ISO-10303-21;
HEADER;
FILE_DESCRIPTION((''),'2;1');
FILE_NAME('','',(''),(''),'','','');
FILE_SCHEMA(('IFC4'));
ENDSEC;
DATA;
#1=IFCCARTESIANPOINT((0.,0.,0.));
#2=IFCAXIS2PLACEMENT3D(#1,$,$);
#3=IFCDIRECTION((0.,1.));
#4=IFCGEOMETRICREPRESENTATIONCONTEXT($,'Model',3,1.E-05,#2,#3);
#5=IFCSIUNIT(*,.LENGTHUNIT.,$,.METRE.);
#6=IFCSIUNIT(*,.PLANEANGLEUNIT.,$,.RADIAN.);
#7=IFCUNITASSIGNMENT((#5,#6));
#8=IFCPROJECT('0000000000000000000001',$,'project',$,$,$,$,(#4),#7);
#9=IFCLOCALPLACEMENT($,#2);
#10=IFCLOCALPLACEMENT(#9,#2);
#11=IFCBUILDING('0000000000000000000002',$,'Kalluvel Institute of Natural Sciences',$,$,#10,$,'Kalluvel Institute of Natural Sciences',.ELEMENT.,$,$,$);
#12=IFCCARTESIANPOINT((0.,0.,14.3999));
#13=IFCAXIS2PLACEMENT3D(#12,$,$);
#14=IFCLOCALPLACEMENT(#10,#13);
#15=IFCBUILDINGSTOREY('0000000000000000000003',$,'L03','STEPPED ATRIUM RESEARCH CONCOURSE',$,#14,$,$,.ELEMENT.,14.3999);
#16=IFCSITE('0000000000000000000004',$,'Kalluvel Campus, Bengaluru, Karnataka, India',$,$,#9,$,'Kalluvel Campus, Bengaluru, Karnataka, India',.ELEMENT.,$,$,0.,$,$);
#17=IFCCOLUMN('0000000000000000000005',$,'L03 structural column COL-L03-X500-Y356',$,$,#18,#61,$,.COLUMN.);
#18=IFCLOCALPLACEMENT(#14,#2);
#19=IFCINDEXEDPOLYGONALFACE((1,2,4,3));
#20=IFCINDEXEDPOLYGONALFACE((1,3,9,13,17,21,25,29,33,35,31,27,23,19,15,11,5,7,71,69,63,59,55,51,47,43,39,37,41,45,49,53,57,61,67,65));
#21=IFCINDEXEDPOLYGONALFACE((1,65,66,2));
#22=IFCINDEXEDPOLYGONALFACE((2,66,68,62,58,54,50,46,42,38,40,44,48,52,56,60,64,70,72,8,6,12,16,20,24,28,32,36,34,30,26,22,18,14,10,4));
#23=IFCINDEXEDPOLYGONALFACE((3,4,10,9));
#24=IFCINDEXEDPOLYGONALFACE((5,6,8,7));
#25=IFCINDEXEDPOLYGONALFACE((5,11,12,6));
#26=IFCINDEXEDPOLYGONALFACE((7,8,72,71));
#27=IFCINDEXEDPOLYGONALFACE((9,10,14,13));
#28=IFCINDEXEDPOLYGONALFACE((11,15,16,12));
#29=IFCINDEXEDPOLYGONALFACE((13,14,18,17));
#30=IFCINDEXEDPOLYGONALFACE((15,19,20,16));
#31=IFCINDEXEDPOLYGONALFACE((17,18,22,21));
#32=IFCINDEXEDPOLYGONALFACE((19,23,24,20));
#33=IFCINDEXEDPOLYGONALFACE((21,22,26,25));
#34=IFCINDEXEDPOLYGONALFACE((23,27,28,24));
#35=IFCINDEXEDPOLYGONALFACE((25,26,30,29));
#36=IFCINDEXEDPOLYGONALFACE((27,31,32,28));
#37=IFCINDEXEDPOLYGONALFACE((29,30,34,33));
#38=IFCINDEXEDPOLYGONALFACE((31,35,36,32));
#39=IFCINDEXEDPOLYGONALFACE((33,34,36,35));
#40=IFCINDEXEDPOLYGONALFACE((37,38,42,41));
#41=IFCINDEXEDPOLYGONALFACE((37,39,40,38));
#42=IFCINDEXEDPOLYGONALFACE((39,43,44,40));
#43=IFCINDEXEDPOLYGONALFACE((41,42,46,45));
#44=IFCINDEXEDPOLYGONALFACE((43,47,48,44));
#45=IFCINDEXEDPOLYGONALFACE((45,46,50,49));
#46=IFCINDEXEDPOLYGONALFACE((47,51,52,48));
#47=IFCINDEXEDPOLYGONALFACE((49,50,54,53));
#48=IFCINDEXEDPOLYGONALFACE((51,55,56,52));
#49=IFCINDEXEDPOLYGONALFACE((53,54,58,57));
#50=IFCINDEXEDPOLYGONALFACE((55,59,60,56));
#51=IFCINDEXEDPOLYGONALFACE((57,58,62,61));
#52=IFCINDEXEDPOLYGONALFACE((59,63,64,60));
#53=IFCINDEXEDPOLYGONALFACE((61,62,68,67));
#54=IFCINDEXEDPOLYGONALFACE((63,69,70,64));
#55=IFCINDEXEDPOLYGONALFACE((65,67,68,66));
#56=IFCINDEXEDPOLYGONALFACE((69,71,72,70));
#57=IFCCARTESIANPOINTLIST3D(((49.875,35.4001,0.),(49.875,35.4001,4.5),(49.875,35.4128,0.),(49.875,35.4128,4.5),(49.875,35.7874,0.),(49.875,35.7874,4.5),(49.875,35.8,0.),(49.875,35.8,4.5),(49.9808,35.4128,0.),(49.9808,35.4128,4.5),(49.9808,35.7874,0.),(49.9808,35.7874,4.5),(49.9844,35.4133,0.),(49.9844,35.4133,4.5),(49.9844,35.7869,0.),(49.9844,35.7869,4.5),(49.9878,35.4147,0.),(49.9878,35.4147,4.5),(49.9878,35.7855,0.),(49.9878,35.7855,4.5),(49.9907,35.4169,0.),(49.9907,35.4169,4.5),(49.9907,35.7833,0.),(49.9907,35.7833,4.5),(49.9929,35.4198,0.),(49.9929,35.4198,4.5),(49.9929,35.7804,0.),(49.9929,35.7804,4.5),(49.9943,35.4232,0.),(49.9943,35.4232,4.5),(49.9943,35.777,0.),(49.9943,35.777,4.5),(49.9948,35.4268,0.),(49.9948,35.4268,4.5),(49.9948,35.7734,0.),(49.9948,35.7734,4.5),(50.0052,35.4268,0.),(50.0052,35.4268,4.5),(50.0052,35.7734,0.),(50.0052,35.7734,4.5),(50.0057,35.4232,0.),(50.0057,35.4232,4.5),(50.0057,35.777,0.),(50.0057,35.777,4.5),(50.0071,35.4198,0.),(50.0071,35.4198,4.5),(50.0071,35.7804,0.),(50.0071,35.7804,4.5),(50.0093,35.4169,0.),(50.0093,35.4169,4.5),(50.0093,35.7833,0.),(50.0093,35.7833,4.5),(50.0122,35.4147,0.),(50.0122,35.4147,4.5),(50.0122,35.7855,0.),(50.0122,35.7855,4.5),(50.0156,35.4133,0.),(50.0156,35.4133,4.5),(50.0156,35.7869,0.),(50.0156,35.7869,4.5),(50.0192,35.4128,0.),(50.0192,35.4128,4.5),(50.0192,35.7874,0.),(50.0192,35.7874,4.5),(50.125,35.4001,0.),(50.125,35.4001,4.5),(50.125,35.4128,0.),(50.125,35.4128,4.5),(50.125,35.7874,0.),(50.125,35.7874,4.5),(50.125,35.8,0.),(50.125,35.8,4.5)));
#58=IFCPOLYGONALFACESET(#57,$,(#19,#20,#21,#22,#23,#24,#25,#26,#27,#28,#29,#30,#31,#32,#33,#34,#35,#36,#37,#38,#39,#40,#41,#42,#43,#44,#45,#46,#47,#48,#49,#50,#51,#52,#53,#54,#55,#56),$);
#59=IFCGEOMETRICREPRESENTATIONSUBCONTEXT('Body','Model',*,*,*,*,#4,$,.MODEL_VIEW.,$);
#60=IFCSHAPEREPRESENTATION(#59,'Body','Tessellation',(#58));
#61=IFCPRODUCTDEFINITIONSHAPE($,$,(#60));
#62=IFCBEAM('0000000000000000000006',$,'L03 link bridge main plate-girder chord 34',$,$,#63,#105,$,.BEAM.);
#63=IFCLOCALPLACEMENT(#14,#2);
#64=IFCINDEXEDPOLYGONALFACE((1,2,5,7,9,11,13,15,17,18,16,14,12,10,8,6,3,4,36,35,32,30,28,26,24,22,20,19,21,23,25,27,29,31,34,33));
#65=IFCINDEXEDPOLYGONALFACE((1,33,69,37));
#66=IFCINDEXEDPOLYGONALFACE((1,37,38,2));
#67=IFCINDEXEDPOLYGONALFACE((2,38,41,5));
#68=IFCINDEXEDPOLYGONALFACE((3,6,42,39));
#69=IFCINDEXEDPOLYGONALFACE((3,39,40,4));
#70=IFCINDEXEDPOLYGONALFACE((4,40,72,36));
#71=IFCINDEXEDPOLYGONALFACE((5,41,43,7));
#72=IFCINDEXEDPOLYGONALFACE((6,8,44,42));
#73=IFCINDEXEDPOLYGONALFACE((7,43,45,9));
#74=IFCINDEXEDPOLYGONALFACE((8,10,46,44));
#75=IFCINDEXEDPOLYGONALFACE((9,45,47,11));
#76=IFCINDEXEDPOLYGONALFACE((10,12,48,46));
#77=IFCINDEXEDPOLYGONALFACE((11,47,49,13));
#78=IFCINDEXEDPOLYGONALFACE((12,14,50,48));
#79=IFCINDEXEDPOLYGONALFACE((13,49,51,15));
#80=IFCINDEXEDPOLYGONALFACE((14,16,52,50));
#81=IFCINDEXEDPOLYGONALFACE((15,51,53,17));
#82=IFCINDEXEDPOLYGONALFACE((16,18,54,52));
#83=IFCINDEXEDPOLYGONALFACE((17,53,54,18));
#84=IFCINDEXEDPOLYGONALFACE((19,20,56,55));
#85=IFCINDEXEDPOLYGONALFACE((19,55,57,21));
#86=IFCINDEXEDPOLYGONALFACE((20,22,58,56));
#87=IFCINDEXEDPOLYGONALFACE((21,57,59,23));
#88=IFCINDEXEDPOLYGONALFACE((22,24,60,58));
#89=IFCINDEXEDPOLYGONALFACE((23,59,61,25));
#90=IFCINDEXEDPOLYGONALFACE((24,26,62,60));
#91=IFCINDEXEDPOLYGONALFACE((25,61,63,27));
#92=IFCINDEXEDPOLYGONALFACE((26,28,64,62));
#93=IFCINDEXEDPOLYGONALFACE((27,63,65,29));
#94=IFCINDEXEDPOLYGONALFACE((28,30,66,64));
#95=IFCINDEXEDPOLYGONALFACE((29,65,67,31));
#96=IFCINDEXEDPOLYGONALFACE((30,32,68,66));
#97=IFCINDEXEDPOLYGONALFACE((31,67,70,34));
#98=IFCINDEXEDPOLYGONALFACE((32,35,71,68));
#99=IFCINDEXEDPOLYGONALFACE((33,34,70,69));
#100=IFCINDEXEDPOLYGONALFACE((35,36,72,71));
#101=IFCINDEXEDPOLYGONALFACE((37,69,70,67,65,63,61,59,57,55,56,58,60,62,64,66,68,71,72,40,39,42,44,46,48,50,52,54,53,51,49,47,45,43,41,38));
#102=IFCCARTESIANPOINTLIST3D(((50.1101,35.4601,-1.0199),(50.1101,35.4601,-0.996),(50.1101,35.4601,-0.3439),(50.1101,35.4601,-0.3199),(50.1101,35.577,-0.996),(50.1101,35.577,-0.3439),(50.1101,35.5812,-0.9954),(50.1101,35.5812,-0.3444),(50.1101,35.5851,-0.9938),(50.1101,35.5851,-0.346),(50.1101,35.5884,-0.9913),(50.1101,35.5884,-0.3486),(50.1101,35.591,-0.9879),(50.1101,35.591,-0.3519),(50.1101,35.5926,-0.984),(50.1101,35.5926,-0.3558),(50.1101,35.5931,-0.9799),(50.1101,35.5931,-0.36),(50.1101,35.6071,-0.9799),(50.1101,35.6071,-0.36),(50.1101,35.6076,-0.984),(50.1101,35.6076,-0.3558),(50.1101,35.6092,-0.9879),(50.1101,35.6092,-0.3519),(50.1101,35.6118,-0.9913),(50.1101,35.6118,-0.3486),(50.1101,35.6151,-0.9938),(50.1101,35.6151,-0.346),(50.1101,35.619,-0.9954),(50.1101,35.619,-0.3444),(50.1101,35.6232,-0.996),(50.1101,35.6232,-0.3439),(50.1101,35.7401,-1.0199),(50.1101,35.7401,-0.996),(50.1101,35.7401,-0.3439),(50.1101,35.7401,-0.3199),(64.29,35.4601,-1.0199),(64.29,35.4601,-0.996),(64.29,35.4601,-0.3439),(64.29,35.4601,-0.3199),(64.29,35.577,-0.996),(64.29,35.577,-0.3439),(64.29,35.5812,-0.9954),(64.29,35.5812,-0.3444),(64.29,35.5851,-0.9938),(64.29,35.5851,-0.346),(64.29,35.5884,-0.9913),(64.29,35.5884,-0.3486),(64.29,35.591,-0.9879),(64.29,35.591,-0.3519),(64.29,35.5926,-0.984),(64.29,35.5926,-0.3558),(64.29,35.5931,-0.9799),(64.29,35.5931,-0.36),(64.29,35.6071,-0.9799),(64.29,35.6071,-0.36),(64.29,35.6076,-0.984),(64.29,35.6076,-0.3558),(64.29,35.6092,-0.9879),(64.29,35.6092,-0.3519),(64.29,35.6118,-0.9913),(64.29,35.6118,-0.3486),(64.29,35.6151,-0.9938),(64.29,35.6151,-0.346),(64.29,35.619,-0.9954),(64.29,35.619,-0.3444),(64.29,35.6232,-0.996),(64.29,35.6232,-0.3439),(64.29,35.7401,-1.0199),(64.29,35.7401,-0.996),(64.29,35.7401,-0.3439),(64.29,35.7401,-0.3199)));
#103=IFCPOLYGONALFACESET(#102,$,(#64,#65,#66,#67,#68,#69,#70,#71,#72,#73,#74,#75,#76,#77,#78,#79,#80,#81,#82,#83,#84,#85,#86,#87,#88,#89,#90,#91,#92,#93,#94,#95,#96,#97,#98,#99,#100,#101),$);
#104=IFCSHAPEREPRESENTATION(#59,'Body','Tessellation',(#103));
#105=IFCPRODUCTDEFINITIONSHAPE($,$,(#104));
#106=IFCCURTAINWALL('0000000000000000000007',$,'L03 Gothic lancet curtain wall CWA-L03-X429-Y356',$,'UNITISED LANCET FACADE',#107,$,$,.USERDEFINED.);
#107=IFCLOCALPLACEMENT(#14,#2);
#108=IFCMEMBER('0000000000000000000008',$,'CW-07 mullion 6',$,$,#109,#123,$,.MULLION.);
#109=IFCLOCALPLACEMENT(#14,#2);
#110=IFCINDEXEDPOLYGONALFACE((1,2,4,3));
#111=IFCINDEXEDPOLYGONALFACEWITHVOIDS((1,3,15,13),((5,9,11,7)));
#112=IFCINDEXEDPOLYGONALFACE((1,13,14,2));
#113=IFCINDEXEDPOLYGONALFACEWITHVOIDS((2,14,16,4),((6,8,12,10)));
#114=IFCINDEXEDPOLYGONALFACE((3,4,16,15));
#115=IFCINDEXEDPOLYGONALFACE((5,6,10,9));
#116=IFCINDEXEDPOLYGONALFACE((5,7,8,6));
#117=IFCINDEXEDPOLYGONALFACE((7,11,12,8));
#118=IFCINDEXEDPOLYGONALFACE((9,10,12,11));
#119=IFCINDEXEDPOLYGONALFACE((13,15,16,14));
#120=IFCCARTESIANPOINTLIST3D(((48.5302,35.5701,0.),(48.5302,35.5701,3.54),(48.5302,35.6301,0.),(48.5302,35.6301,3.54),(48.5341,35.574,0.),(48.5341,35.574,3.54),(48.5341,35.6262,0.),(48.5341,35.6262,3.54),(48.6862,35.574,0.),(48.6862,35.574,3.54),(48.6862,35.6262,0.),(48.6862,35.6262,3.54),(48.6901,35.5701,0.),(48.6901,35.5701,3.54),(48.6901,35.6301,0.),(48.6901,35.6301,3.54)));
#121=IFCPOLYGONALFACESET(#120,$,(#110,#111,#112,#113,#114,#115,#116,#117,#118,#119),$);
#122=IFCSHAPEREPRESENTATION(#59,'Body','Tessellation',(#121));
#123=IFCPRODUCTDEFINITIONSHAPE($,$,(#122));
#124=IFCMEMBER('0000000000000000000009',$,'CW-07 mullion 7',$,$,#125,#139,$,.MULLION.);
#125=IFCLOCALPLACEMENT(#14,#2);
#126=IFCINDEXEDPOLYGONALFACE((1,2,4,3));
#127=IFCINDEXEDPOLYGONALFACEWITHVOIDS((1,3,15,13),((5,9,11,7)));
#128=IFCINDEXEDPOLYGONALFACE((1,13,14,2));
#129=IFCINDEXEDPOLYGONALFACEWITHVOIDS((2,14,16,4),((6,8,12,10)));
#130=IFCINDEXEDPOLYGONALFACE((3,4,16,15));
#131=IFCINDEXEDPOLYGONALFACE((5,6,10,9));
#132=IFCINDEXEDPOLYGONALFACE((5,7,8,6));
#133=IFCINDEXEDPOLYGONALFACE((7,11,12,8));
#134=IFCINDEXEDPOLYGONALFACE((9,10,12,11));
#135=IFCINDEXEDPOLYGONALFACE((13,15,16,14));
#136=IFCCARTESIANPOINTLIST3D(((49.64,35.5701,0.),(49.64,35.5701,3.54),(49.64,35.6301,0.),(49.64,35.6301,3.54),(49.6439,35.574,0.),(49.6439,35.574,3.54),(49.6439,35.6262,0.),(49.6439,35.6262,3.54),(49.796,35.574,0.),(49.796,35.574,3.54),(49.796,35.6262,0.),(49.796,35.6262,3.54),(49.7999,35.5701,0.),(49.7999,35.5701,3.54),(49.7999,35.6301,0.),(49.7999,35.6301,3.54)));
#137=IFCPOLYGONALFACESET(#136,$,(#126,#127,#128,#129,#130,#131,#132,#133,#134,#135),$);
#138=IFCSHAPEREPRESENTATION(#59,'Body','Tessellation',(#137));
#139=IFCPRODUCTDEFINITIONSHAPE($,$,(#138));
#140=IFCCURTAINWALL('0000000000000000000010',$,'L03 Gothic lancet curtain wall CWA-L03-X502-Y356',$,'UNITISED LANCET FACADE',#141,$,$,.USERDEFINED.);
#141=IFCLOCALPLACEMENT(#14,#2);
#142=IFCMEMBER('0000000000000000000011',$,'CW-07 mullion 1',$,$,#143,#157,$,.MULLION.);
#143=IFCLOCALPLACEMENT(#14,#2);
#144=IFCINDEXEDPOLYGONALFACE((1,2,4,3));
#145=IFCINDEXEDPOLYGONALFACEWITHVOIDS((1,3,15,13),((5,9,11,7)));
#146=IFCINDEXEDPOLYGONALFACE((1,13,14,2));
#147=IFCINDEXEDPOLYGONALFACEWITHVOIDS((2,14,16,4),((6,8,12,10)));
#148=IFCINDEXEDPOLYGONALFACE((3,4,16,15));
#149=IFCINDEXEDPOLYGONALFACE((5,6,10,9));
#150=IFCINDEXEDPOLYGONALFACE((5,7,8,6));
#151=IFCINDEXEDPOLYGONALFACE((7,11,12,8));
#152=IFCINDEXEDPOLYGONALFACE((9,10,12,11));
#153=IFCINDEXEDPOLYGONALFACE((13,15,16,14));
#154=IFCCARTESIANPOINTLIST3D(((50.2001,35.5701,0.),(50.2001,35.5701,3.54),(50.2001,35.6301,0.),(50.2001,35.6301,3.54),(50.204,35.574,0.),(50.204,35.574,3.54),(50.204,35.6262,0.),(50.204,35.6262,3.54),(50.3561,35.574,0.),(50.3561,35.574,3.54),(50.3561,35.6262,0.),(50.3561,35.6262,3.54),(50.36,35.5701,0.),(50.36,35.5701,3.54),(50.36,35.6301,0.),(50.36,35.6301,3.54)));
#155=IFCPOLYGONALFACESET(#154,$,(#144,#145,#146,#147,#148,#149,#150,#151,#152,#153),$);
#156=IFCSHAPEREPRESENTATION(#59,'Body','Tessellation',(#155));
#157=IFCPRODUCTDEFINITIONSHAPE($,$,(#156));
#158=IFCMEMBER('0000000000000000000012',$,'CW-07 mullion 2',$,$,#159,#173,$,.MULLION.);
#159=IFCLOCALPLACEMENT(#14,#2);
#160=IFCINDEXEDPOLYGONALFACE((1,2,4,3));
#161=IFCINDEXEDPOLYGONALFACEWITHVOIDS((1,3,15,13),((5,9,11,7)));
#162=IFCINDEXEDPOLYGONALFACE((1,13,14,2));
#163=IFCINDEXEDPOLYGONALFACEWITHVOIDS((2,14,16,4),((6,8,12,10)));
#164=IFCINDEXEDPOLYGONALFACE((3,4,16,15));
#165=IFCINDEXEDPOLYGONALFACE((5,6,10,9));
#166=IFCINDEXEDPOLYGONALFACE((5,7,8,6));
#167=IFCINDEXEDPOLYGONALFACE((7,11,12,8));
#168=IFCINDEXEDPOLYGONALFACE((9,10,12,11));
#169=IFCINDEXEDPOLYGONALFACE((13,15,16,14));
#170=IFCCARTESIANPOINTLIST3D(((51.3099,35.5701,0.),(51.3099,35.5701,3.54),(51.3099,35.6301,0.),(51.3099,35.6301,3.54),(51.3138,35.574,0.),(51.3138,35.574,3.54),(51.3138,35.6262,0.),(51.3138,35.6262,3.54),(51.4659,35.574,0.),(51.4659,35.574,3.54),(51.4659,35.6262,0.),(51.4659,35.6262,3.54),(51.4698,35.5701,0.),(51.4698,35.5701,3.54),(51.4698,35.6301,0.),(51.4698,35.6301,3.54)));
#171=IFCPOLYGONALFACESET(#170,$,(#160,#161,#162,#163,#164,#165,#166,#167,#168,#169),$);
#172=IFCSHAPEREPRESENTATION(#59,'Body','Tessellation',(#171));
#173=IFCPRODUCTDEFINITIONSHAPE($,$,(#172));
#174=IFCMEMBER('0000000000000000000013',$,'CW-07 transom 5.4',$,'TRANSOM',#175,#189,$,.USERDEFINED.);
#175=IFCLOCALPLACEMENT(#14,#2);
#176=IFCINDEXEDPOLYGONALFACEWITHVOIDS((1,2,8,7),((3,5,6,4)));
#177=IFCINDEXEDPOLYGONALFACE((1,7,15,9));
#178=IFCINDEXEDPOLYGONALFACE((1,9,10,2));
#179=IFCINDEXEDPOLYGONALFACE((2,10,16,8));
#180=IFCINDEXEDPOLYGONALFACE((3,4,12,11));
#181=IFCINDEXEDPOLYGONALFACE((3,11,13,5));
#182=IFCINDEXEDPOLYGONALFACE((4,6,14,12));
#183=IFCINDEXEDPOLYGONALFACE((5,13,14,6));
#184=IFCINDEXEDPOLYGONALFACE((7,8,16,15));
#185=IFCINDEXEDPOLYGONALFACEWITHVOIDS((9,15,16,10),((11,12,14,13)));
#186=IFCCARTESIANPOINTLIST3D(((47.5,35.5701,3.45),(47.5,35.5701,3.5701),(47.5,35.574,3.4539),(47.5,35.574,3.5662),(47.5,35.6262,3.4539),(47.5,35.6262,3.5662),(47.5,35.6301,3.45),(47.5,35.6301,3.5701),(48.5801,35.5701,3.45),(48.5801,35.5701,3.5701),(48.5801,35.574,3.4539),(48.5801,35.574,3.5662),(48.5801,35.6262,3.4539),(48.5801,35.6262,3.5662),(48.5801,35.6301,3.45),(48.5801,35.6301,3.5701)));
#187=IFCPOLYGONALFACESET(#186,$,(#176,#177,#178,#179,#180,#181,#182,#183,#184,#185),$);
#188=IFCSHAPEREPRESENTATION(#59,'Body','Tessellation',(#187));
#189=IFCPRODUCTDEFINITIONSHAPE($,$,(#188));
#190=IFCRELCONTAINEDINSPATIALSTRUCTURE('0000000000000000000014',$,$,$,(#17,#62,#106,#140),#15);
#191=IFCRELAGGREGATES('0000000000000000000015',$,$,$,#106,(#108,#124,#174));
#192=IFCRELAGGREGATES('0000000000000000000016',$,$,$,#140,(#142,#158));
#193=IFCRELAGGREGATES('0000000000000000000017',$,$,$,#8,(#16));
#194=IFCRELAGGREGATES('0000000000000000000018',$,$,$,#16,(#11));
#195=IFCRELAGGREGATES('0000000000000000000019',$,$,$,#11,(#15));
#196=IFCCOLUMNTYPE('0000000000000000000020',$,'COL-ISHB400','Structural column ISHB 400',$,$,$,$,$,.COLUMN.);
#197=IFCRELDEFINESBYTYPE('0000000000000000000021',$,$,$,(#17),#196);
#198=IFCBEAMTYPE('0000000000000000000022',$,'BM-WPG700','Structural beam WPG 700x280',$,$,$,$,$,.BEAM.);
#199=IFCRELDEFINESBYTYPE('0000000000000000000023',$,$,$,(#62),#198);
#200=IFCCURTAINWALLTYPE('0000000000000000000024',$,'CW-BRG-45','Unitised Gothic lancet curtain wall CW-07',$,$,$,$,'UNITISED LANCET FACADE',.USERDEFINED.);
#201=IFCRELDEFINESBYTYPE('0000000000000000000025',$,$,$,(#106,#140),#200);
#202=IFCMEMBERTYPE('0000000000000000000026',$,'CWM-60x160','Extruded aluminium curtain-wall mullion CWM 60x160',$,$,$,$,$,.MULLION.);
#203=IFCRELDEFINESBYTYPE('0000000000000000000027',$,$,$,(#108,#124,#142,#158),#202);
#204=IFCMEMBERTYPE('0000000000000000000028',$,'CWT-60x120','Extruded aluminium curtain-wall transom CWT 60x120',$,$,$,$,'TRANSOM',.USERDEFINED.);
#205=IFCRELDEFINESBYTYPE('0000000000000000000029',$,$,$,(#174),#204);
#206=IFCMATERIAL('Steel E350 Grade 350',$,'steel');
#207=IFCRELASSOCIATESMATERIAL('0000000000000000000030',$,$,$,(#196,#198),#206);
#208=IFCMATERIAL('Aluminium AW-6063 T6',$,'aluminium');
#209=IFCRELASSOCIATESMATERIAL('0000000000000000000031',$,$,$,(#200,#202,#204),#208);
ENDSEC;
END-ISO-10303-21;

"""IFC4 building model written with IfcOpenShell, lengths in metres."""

from ifc_helpers import new_model, si_unit, direction, frame, origin, origin_2d, place, context, subcontext, project, spatial, hollow_rectangle, i_section, extrude, material, material_profile, profile_set, type_object, element, aggregate, save


model = new_model("IFC4")

# Units and contexts
model_context = context("Model", 3, precision=1e-05, world=origin(), true_north=direction((0.0, 1.0)))
body_context = subcontext(model_context, "Body", "Model", "MODEL_VIEW")
ifc_project = project(units=[si_unit("LENGTHUNIT", "METRE"), si_unit("PLANEANGLEUNIT", "RADIAN")], contexts=[model_context])

# Site, building, storey
site_placement = place(None, origin())
site = spatial("IfcSite", under=ifc_project, at=site_placement, Name="Kalluvel Campus, Bengaluru, Karnataka, India", LongName="Kalluvel Campus, Bengaluru, Karnataka, India", CompositionType="ELEMENT", RefElevation=0.0)
building_placement = place(site_placement, origin())
building = spatial("IfcBuilding", under=site, at=building_placement, Name="Kalluvel Institute of Natural Sciences", LongName="Kalluvel Institute of Natural Sciences", CompositionType="ELEMENT")
storey_placement = place(building_placement, frame((0.0, 0.0, 14.3999)))
storey = spatial("IfcBuildingStorey", under=building, at=storey_placement, Name="L03", Description="STEPPED ATRIUM RESEARCH CONCOURSE", CompositionType="ELEMENT", Elevation=14.3999)

# Column
ifc_material_1 = material(Name="Steel E350 Grade 350", Category="steel")
ifc_material_profile_1 = material_profile(ifc_material_1, i_section(OverallWidth=0.25, OverallDepth=0.3999, WebThickness=0.0105, FlangeThickness=0.0127, FilletRadius=0.0139, at=origin_2d()), Name="ISHB 400")
ifc_profile_set_1 = profile_set([ifc_material_profile_1], Name="Steel E350 Grade 350")
column_type = type_object("IfcColumnType", Name="COL-ISHB400", Description="Structural column ISHB 400", PredefinedType="COLUMN", material=ifc_profile_set_1)
column_placement = place(storey_placement, frame((50.0, 35.6001, 0.0), z_axis=(0.0, 0.0, 1.0), x_axis=(1.0, 0.0, 0.0)))
element("IfcColumn", 1, at=column_placement, inside=storey, type_object=column_type, Name="L03 structural column COL-L03-X500-Y356", PredefinedType="COLUMN", context=body_context, shape_type="SweptSolid", body=[
    extrude(i_section(OverallWidth=0.25, OverallDepth=0.3999, WebThickness=0.0105, FlangeThickness=0.0127, FilletRadius=0.0139, at=origin_2d()), origin(), (0.0, 0.0, 1.0), 4.5),
])

# Beam
ifc_material_profile_2 = material_profile(ifc_material_1, i_section(OverallWidth=0.28, OverallDepth=0.7, WebThickness=0.0139, FlangeThickness=0.0239, FilletRadius=0.0161, at=origin_2d()), Name="WPG 700x280")
ifc_profile_set_2 = profile_set([ifc_material_profile_2], Name="Steel E350 Grade 350")
beam_type = type_object("IfcBeamType", Name="BM-WPG700", Description="Structural beam WPG 700x280", PredefinedType="BEAM", material=ifc_profile_set_2)
beam_placement = place(storey_placement, frame((50.1101, 35.6001, -0.6699), z_axis=(1.0, 0.0, 0.0), x_axis=(0.0, 1.0, 0.0)))
element("IfcBeam", 2, at=beam_placement, inside=storey, type_object=beam_type, Name="L03 link bridge main plate-girder chord 34", PredefinedType="BEAM", context=body_context, shape_type="SweptSolid", body=[
    extrude(i_section(OverallWidth=0.28, OverallDepth=0.7, WebThickness=0.0139, FlangeThickness=0.0239, FilletRadius=0.0161, at=origin_2d()), origin(), (0.0, 0.0, 1.0), 14.1799),
])

# Curtain walls, members
ifc_material_2 = material(Name="Aluminium AW-6063 T6", Category="aluminium")
curtain_wall_type = type_object("IfcCurtainWallType", Name="CW-BRG-45", Description="Unitised Gothic lancet curtain wall CW-07", ElementType="UNITISED LANCET FACADE", PredefinedType="USERDEFINED", material=ifc_material_2)
curtain_wall_1_placement = place(storey_placement, origin())
curtain_wall_1 = element("IfcCurtainWall", 3, at=curtain_wall_1_placement, inside=storey, type_object=curtain_wall_type, Name="L03 Gothic lancet curtain wall CWA-L03-X429-Y356", ObjectType="UNITISED LANCET FACADE", PredefinedType="USERDEFINED")
ifc_material_profile_3 = material_profile(ifc_material_2, hollow_rectangle(XDim=0.0601, YDim=0.1599, WallThickness=0.0039, at=origin_2d()), Name="CWM 60x160")
ifc_profile_set_3 = profile_set([ifc_material_profile_3], Name="Aluminium AW-6063 T6")
member_type_1 = type_object("IfcMemberType", Name="CWM-60x160", Description="Extruded aluminium curtain-wall mullion CWM 60x160", PredefinedType="MULLION", material=ifc_profile_set_3)
member_1_placement = place(storey_placement, frame((48.6101, 35.6001, 0.0), z_axis=(0.0, 0.0, 1.0), x_axis=(0.0, 1.0, 0.0)))
member_1 = element("IfcMember", 4, at=member_1_placement, type_object=member_type_1, Name="CW-07 mullion 6", PredefinedType="MULLION", context=body_context, shape_type="SweptSolid", body=[
    extrude(hollow_rectangle(XDim=0.0601, YDim=0.1599, WallThickness=0.0039, at=origin_2d()), origin(), (0.0, 0.0, 1.0), 3.54),
])
member_2_placement = place(storey_placement, frame((49.72, 35.6001, 0.0), z_axis=(0.0, 0.0, 1.0), x_axis=(0.0, 1.0, 0.0)))
member_2 = element("IfcMember", 5, at=member_2_placement, type_object=member_type_1, Name="CW-07 mullion 7", PredefinedType="MULLION", context=body_context, shape_type="SweptSolid", body=[
    extrude(hollow_rectangle(XDim=0.0601, YDim=0.1599, WallThickness=0.0039, at=origin_2d()), origin(), (0.0, 0.0, 1.0), 3.54),
])
curtain_wall_2_placement = place(storey_placement, origin())
curtain_wall_2 = element("IfcCurtainWall", 6, at=curtain_wall_2_placement, inside=storey, type_object=curtain_wall_type, Name="L03 Gothic lancet curtain wall CWA-L03-X502-Y356", ObjectType="UNITISED LANCET FACADE", PredefinedType="USERDEFINED")
member_3_placement = place(storey_placement, frame((50.28, 35.6001, 0.0), z_axis=(0.0, 0.0, 1.0), x_axis=(0.0, 1.0, 0.0)))
member_3 = element("IfcMember", 7, at=member_3_placement, type_object=member_type_1, Name="CW-07 mullion 1", PredefinedType="MULLION", context=body_context, shape_type="SweptSolid", body=[
    extrude(hollow_rectangle(XDim=0.0601, YDim=0.1599, WallThickness=0.0039, at=origin_2d()), origin(), (0.0, 0.0, 1.0), 3.54),
])
member_4_placement = place(storey_placement, frame((51.3899, 35.6001, 0.0), z_axis=(0.0, 0.0, 1.0), x_axis=(0.0, 1.0, 0.0)))
member_4 = element("IfcMember", 8, at=member_4_placement, type_object=member_type_1, Name="CW-07 mullion 2", PredefinedType="MULLION", context=body_context, shape_type="SweptSolid", body=[
    extrude(hollow_rectangle(XDim=0.0601, YDim=0.1599, WallThickness=0.0039, at=origin_2d()), origin(), (0.0, 0.0, 1.0), 3.54),
])

# Member
ifc_material_profile_4 = material_profile(ifc_material_2, hollow_rectangle(XDim=0.0601, YDim=0.1201, WallThickness=0.0039, at=origin_2d()), Name="CWT 60x120")
ifc_profile_set_4 = profile_set([ifc_material_profile_4], Name="Aluminium AW-6063 T6")
member_type_2 = type_object("IfcMemberType", Name="CWT-60x120", Description="Extruded aluminium curtain-wall transom CWT 60x120", ElementType="TRANSOM", PredefinedType="USERDEFINED", material=ifc_profile_set_4)
member_5_placement = place(storey_placement, frame((47.5, 35.6001, 3.51), z_axis=(1.0, 0.0, 0.0), x_axis=(0.0, 1.0, 0.0)))
member_5 = element("IfcMember", 9, at=member_5_placement, type_object=member_type_2, Name="CW-07 transom 5.4", ObjectType="TRANSOM", PredefinedType="USERDEFINED", context=body_context, shape_type="SweptSolid", body=[
    extrude(hollow_rectangle(XDim=0.0601, YDim=0.1201, WallThickness=0.0039, at=origin_2d()), origin(), (0.0, 0.0, 1.0), 1.0801),
])

aggregate(curtain_wall_1, [member_1, member_2, member_5])
aggregate(curtain_wall_2, [member_3, member_4])

save(model, "model.ifc")
